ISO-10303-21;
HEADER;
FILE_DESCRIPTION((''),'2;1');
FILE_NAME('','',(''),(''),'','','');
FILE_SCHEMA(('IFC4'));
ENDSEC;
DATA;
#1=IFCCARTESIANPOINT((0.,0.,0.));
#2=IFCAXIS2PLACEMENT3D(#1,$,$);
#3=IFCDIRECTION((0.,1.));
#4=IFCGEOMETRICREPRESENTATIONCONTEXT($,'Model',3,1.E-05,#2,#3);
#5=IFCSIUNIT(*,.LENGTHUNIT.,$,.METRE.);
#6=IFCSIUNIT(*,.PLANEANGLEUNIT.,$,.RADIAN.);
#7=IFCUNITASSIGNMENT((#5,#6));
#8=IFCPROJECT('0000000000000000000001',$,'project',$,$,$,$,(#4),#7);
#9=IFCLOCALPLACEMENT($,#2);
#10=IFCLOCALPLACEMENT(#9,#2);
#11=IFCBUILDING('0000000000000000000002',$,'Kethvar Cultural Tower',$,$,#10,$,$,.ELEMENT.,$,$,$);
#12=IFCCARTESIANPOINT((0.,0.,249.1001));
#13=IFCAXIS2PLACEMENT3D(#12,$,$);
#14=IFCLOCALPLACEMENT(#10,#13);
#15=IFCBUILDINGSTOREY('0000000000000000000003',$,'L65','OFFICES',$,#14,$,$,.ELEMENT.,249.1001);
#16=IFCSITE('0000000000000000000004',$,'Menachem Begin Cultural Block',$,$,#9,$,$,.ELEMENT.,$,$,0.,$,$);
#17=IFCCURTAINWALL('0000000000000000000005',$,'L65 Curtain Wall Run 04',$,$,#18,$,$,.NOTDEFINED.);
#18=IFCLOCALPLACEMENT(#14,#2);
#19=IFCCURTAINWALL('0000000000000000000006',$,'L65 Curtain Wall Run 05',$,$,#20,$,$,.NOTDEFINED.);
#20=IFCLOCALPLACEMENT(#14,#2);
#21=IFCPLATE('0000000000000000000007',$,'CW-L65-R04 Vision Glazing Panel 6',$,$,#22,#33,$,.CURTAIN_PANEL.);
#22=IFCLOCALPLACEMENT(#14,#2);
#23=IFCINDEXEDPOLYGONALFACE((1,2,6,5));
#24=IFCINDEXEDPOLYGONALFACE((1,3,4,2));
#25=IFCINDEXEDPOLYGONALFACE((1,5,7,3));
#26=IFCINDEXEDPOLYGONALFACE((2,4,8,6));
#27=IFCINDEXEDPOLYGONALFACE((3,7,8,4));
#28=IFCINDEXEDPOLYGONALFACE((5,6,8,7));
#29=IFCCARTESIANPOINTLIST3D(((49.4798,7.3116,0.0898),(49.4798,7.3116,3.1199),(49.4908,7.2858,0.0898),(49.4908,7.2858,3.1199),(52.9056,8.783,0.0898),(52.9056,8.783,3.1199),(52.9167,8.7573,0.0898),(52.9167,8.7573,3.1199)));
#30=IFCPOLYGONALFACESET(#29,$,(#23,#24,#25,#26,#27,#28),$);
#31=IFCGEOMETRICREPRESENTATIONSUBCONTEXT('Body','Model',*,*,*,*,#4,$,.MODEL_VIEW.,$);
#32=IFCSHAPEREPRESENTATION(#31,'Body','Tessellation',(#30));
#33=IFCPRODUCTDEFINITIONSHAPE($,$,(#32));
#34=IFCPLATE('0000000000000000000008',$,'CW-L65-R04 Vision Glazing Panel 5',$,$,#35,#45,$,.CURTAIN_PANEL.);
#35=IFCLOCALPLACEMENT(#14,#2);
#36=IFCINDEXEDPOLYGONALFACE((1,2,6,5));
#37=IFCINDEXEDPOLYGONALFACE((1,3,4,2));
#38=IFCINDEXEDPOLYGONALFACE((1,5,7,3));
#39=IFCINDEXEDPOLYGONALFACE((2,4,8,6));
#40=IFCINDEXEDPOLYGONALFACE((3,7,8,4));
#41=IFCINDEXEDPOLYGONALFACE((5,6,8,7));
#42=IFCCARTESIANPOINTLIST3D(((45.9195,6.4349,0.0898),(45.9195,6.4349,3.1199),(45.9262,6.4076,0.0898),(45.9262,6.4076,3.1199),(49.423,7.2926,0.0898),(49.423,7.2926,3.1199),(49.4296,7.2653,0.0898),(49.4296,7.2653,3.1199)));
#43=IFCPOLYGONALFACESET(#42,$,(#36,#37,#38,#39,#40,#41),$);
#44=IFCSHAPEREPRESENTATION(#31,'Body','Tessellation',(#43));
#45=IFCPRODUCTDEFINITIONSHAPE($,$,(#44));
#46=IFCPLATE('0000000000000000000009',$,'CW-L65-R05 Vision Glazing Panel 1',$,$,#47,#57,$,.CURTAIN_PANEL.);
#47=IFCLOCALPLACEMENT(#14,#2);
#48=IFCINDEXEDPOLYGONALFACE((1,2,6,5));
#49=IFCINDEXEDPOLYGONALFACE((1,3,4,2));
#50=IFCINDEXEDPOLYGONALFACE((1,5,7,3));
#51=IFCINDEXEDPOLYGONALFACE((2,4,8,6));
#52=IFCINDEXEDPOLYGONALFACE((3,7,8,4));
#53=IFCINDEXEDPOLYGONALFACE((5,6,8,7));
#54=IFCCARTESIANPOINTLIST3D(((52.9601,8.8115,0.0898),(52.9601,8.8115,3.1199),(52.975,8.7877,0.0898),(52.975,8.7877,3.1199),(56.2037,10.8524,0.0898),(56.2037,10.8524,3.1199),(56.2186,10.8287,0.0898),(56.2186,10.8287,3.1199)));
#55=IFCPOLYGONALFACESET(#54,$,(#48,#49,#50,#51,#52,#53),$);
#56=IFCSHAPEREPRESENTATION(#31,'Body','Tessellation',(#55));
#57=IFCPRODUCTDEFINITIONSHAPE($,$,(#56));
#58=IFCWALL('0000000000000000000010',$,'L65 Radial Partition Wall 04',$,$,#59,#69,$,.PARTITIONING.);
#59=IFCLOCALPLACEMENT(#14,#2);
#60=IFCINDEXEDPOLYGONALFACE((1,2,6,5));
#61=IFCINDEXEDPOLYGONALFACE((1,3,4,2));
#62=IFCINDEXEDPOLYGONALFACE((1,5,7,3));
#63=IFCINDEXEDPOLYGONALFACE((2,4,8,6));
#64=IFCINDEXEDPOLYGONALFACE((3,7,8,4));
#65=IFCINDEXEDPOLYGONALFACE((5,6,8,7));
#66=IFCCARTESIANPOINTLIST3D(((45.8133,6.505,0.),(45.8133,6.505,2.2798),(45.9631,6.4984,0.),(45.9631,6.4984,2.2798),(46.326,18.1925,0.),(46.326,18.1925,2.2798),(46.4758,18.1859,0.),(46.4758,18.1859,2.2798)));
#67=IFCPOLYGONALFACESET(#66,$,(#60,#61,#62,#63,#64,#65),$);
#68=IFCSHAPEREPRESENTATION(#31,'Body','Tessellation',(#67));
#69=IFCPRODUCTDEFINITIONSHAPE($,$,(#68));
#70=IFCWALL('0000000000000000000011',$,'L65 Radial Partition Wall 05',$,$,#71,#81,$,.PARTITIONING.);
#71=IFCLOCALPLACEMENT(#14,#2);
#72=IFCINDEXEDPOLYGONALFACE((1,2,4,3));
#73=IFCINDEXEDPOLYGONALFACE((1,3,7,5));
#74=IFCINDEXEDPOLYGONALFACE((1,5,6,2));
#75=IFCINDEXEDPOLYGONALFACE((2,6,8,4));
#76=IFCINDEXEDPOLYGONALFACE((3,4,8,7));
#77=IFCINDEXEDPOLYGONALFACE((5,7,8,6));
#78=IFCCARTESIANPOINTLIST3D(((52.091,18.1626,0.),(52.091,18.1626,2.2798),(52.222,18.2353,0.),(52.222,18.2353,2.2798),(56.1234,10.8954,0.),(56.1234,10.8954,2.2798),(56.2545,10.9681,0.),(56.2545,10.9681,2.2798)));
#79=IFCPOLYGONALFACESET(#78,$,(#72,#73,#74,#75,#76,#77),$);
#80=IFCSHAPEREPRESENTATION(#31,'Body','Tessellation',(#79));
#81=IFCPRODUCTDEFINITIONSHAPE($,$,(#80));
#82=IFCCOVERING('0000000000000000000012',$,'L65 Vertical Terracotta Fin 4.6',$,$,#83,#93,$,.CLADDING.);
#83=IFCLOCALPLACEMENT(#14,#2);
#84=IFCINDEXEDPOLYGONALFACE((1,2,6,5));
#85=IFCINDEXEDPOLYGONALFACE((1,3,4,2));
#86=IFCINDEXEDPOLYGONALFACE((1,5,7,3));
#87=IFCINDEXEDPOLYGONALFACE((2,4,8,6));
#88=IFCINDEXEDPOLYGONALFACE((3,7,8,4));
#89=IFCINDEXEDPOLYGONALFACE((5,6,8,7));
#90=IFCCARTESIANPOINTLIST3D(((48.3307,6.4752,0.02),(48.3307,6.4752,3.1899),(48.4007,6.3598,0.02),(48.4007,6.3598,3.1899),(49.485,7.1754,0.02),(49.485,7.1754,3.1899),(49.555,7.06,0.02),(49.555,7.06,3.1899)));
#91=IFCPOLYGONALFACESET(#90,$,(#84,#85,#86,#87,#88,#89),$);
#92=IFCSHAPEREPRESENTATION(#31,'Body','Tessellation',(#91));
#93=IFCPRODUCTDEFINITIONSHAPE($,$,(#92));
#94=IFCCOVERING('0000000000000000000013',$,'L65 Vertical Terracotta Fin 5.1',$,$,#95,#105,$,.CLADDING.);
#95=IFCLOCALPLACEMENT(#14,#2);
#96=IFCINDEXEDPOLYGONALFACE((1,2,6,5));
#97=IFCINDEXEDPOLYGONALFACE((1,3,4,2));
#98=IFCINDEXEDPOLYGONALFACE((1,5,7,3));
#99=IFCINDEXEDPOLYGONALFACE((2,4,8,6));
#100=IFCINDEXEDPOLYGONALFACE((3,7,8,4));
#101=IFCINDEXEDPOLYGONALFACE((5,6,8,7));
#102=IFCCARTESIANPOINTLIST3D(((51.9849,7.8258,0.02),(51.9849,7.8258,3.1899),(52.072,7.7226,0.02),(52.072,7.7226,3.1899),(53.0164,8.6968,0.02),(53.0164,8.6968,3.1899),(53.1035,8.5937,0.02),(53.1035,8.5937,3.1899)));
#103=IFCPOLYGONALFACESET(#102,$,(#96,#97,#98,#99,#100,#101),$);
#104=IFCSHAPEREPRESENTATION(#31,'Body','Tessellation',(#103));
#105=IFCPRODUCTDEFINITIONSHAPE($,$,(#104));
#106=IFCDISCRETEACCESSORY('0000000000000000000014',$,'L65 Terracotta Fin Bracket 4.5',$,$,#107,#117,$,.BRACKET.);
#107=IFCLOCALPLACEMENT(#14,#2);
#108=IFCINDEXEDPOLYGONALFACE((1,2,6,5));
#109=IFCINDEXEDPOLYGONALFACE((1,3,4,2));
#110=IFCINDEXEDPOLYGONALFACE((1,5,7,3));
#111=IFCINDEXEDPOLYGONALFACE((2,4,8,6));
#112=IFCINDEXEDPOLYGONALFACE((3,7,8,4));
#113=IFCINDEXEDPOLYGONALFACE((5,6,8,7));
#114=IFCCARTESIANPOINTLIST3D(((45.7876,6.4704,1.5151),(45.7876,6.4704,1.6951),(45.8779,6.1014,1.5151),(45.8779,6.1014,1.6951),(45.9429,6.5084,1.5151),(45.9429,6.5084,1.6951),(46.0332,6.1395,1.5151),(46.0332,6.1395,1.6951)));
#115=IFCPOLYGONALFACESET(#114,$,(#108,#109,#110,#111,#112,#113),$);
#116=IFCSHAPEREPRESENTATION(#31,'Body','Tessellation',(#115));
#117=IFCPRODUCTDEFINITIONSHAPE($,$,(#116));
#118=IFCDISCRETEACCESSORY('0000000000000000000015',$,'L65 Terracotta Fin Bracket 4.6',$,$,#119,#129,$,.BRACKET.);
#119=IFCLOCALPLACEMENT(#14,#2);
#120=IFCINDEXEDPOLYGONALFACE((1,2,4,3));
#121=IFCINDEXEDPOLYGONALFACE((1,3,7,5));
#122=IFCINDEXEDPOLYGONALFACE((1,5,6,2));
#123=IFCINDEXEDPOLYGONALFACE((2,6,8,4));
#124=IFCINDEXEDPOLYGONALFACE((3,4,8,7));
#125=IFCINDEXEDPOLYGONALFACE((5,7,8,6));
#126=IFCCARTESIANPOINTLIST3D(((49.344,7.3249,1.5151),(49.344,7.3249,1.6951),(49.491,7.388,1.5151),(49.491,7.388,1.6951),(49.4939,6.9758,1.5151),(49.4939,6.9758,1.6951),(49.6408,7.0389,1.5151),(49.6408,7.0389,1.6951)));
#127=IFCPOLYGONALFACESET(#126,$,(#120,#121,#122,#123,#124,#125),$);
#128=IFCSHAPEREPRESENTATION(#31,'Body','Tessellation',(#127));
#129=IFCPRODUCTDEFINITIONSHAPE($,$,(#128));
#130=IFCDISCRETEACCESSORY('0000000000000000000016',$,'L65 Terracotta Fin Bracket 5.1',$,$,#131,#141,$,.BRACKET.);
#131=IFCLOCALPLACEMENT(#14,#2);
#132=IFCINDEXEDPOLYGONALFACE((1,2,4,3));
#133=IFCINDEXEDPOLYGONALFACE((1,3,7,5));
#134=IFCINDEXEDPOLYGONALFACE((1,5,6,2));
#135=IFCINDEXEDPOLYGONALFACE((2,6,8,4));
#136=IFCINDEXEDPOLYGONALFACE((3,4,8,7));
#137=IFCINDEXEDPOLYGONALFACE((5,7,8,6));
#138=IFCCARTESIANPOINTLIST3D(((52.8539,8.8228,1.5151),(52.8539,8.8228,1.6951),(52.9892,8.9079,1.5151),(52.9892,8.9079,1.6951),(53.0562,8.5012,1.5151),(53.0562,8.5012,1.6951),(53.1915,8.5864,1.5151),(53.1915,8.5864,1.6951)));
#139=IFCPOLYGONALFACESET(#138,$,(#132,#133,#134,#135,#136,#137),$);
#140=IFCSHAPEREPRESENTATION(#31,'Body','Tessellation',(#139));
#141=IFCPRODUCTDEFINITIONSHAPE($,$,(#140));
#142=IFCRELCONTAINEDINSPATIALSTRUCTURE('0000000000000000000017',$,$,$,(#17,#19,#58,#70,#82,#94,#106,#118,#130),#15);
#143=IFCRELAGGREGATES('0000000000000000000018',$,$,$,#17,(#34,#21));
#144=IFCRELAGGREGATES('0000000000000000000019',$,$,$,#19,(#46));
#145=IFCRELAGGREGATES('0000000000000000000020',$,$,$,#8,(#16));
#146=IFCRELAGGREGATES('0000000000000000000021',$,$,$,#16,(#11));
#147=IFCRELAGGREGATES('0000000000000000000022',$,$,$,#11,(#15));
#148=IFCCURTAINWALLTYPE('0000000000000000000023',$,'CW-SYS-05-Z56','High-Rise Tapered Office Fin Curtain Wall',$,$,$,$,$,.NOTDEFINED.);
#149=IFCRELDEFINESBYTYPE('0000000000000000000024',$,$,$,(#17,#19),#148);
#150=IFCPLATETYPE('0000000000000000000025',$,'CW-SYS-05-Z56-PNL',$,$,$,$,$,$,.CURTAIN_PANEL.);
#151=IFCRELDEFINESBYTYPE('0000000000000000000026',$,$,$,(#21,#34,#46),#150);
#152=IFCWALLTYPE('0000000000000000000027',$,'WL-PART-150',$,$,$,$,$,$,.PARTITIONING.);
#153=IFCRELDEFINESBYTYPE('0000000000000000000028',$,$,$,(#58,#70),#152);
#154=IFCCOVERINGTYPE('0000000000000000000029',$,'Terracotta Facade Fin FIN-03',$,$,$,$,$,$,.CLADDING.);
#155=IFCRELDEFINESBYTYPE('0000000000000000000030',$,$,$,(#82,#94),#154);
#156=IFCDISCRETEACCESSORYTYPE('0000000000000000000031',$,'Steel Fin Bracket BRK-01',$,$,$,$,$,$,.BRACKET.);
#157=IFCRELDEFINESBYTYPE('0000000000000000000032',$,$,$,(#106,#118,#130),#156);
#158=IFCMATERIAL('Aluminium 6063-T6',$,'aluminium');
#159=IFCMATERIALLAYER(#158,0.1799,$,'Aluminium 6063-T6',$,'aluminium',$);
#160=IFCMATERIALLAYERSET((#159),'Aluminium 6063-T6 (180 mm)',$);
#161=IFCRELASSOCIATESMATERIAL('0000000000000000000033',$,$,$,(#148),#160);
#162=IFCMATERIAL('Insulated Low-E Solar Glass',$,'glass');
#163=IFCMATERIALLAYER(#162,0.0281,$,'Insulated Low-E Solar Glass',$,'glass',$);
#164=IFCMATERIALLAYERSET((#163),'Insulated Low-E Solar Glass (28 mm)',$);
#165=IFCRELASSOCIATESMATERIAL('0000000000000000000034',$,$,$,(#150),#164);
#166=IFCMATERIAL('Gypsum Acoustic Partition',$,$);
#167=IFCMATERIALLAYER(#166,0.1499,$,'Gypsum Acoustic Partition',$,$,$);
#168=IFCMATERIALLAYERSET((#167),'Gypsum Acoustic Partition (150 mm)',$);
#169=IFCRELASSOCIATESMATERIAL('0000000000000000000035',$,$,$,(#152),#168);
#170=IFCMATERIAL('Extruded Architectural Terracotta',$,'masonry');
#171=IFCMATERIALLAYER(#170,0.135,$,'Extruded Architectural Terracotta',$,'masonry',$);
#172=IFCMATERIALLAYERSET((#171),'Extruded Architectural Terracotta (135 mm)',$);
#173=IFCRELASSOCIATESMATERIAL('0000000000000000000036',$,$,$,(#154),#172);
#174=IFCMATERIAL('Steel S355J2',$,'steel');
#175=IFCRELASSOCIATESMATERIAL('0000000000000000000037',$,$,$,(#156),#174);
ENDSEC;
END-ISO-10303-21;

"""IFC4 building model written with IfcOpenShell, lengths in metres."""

from ifc_helpers import new_model, si_unit, direction, frame, frame_2d, origin, origin_2d, place, context, subcontext, project, spatial, rectangle, extrude, source, transform, mapped, material, layer, layer_set, type_object, element, aggregate, save


model = new_model("IFC4")

# Units and contexts
model_context = context("Model", 3, precision=1e-05, world=origin(), true_north=direction((0.0, 1.0)))
body_context = subcontext(model_context, "Body", "Model", "MODEL_VIEW")
ifc_project = project(units=[si_unit("LENGTHUNIT", "METRE"), si_unit("PLANEANGLEUNIT", "RADIAN")], contexts=[model_context])

# Site, building, storey
site_placement = place(None, origin())
site = spatial("IfcSite", under=ifc_project, at=site_placement, Name="Menachem Begin Cultural Block", CompositionType="ELEMENT", RefElevation=0.0)
building_placement = place(site_placement, origin())
building = spatial("IfcBuilding", under=site, at=building_placement, Name="Kethvar Cultural Tower", CompositionType="ELEMENT")
storey_placement = place(building_placement, frame((0.0, 0.0, 249.1001)))
storey = spatial("IfcBuildingStorey", under=building, at=storey_placement, Name="L65", Description="OFFICES", CompositionType="ELEMENT", Elevation=249.1001)

# Shared definitions
ifc_material_1 = material(Name="Steel S355J2", Category="steel")

# Curtain walls
ifc_material_2 = material(Name="Aluminium 6063-T6", Category="aluminium")
ifc_layer_1 = layer(ifc_material_2, 0.1799, Name="Aluminium 6063-T6", Category="aluminium")
ifc_layer_set_1 = layer_set([ifc_layer_1], Name="Aluminium 6063-T6 (180 mm)")
curtain_wall_type = type_object("IfcCurtainWallType", Name="CW-SYS-05-Z56", Description="High-Rise Tapered Office Fin Curtain Wall", PredefinedType="NOTDEFINED", material=ifc_layer_set_1)
curtain_wall_1_placement = place(storey_placement, origin())
curtain_wall_1 = element("IfcCurtainWall", 1, at=curtain_wall_1_placement, inside=storey, type_object=curtain_wall_type, Name="L65 Curtain Wall Run 04", PredefinedType="NOTDEFINED")
curtain_wall_2_placement = place(storey_placement, origin())
curtain_wall_2 = element("IfcCurtainWall", 2, at=curtain_wall_2_placement, inside=storey, type_object=curtain_wall_type, Name="L65 Curtain Wall Run 05", PredefinedType="NOTDEFINED")

# Plates
ifc_material_3 = material(Name="Insulated Low-E Solar Glass", Category="glass")
ifc_layer_2 = layer(ifc_material_3, 0.0281, Name="Insulated Low-E Solar Glass", Category="glass")
ifc_layer_set_2 = layer_set([ifc_layer_2], Name="Insulated Low-E Solar Glass (28 mm)")
plate_type = type_object("IfcPlateType", Name="CW-SYS-05-Z56-PNL", PredefinedType="CURTAIN_PANEL", material=ifc_layer_set_2)
shared_shape_1 = source(origin(), body_context, "Body", "SweptSolid", [
    extrude(rectangle(XDim=3.7285, YDim=0.0281, at=origin_2d()), origin(), (0.0, 0.0, 1.0), 3.03),
])
plate_1_placement = place(storey_placement, frame((51.1982, 8.0344, 0.0898), z_axis=(0.0, 0.0, 1.0), x_axis=(0.918833, 0.394648, 0.0)))
plate_1 = element("IfcPlate", 3, at=plate_1_placement, type_object=plate_type, Name="CW-L65-R04 Vision Glazing Panel 6", PredefinedType="CURTAIN_PANEL", context=body_context, shape_type="MappedRepresentation", body=[
    mapped(shared_shape_1, transform((0.0, 0.0, 0.0), scale=1.0)),
])
shared_shape_2 = source(origin(), body_context, "Body", "SweptSolid", [
    extrude(rectangle(XDim=3.6069, YDim=0.0281, at=origin_2d()), origin(), (0.0, 0.0, 1.0), 3.03),
])
plate_2_placement = place(storey_placement, frame((47.6746, 6.8501, 0.0898), z_axis=(0.0, 0.0, 1.0), x_axis=(0.971317, 0.237788, 0.0)))
plate_2 = element("IfcPlate", 4, at=plate_2_placement, type_object=plate_type, Name="CW-L65-R04 Vision Glazing Panel 5", PredefinedType="CURTAIN_PANEL", context=body_context, shape_type="MappedRepresentation", body=[
    mapped(shared_shape_2, transform((0.0, 0.0, 0.0), scale=1.0)),
])
aggregate(curtain_wall_1, [plate_2, plate_1])
shared_shape_3 = source(origin(), body_context, "Body", "SweptSolid", [
    extrude(rectangle(XDim=3.8323, YDim=0.0281, at=origin_2d()), origin(), (0.0, 0.0, 1.0), 3.03),
])
plate_3_placement = place(storey_placement, frame((54.5894, 9.8201, 0.0898), z_axis=(0.0, 0.0, 1.0), x_axis=(0.846388, 0.532566, 0.0)))
plate_3 = element("IfcPlate", 5, at=plate_3_placement, type_object=plate_type, Name="CW-L65-R05 Vision Glazing Panel 1", PredefinedType="CURTAIN_PANEL", context=body_context, shape_type="MappedRepresentation", body=[
    mapped(shared_shape_3, transform((0.0, 0.0, 0.0), scale=1.0)),
])
aggregate(curtain_wall_2, [plate_3])

# Walls
ifc_material_4 = material(Name="Gypsum Acoustic Partition")
ifc_layer_3 = layer(ifc_material_4, 0.1499, Name="Gypsum Acoustic Partition")
ifc_layer_set_3 = layer_set([ifc_layer_3], Name="Gypsum Acoustic Partition (150 mm)")
wall_type = type_object("IfcWallType", Name="WL-PART-150", PredefinedType="PARTITIONING", material=ifc_layer_set_3)
wall_1_placement = place(storey_placement, frame((46.4009, 18.1892, 0.0), z_axis=(0.0, 0.0, 1.0), x_axis=(-0.043825, -0.999039, 0.0)))
element("IfcWall", 6, at=wall_1_placement, inside=storey, type_object=wall_type, Name="L65 Radial Partition Wall 04", PredefinedType="PARTITIONING", context=body_context, shape_type="SweptSolid", body=[
    extrude(rectangle(XDim=11.6987, YDim=0.1499, at=frame_2d((5.8494, 0.0))), origin(), (0.0, 0.0, 1.0), 2.2798),
])
wall_2_placement = place(storey_placement, frame((52.1565, 18.199, 0.0), z_axis=(0.0, 0.0, 1.0), x_axis=(0.485189, -0.874409, 0.0)))
element("IfcWall", 7, at=wall_2_placement, inside=storey, type_object=wall_type, Name="L65 Radial Partition Wall 05", PredefinedType="PARTITIONING", context=body_context, shape_type="SweptSolid", body=[
    extrude(rectangle(XDim=8.311, YDim=0.1499, at=frame_2d((4.1555, 0.0))), origin(), (0.0, 0.0, 1.0), 2.2798),
])

# Coverings
ifc_material_5 = material(Name="Extruded Architectural Terracotta", Category="masonry")
ifc_layer_4 = layer(ifc_material_5, 0.135, Name="Extruded Architectural Terracotta", Category="masonry")
ifc_layer_set_4 = layer_set([ifc_layer_4], Name="Extruded Architectural Terracotta (135 mm)")
covering_type = type_object("IfcCoveringType", Name="Terracotta Facade Fin FIN-03", PredefinedType="CLADDING", material=ifc_layer_set_4)
shared_shape_4 = source(origin(), body_context, "Body", "SweptSolid", [
    extrude(rectangle(XDim=1.3501, YDim=0.135, at=origin_2d()), origin(), (0.0, 0.0, 1.0), 3.1699),
])
for number, where, z_axis, x_axis, name in (
    (8, (48.9429, 6.7676, 0.02), (0.0, 0.0, 1.0), (-0.855002, -0.518624, 0.0), "L65 Vertical Terracotta Fin 4.6"),
    (9, (52.5442, 8.2097, 0.02), (0.0, 0.0, 1.0), (-0.764021, -0.645191, 0.0), "L65 Vertical Terracotta Fin 5.1"),
):
    element("IfcCovering", number, at=place(storey_placement, frame(where, z_axis=z_axis, x_axis=x_axis)), inside=storey, type_object=covering_type, Name=name, PredefinedType="CLADDING", context=body_context, shape_type="MappedRepresentation", body=[
        mapped(shared_shape_4, transform((0.0, 0.0, 0.0), scale=1.0)),
    ])

# Discrete accessories
discrete_accessory_type = type_object("IfcDiscreteAccessoryType", Name="Steel Fin Bracket BRK-01", PredefinedType="BRACKET", material=ifc_material_1)
shared_shape_5 = source(origin(), body_context, "Body", "SweptSolid", [
    extrude(rectangle(XDim=0.3799, YDim=0.1599, at=origin_2d()), origin(), (0.0, 0.0, 1.0), 0.1799),
])
for number, where, z_axis, x_axis, name in (
    (10, (45.9104, 6.3049, 1.5151), (0.0, 0.0, 1.0), (0.237855, -0.971301, 0.0), "L65 Terracotta Fin Bracket 4.5"),
    (11, (49.4924, 7.1819, 1.5151), (0.0, 0.0, 1.0), (0.394583, -0.91886, 0.0), "L65 Terracotta Fin Bracket 4.6"),
    (12, (53.0227, 8.7046, 1.5151), (0.0, 0.0, 1.0), (0.532581, -0.846379, 0.0), "L65 Terracotta Fin Bracket 5.1"),
):
    element("IfcDiscreteAccessory", number, at=place(storey_placement, frame(where, z_axis=z_axis, x_axis=x_axis)), inside=storey, type_object=discrete_accessory_type, Name=name, PredefinedType="BRACKET", context=body_context, shape_type="MappedRepresentation", body=[
        mapped(shared_shape_5, transform((0.0, 0.0, 0.0), scale=1.0)),
    ])

save(model, "model.ifc")
